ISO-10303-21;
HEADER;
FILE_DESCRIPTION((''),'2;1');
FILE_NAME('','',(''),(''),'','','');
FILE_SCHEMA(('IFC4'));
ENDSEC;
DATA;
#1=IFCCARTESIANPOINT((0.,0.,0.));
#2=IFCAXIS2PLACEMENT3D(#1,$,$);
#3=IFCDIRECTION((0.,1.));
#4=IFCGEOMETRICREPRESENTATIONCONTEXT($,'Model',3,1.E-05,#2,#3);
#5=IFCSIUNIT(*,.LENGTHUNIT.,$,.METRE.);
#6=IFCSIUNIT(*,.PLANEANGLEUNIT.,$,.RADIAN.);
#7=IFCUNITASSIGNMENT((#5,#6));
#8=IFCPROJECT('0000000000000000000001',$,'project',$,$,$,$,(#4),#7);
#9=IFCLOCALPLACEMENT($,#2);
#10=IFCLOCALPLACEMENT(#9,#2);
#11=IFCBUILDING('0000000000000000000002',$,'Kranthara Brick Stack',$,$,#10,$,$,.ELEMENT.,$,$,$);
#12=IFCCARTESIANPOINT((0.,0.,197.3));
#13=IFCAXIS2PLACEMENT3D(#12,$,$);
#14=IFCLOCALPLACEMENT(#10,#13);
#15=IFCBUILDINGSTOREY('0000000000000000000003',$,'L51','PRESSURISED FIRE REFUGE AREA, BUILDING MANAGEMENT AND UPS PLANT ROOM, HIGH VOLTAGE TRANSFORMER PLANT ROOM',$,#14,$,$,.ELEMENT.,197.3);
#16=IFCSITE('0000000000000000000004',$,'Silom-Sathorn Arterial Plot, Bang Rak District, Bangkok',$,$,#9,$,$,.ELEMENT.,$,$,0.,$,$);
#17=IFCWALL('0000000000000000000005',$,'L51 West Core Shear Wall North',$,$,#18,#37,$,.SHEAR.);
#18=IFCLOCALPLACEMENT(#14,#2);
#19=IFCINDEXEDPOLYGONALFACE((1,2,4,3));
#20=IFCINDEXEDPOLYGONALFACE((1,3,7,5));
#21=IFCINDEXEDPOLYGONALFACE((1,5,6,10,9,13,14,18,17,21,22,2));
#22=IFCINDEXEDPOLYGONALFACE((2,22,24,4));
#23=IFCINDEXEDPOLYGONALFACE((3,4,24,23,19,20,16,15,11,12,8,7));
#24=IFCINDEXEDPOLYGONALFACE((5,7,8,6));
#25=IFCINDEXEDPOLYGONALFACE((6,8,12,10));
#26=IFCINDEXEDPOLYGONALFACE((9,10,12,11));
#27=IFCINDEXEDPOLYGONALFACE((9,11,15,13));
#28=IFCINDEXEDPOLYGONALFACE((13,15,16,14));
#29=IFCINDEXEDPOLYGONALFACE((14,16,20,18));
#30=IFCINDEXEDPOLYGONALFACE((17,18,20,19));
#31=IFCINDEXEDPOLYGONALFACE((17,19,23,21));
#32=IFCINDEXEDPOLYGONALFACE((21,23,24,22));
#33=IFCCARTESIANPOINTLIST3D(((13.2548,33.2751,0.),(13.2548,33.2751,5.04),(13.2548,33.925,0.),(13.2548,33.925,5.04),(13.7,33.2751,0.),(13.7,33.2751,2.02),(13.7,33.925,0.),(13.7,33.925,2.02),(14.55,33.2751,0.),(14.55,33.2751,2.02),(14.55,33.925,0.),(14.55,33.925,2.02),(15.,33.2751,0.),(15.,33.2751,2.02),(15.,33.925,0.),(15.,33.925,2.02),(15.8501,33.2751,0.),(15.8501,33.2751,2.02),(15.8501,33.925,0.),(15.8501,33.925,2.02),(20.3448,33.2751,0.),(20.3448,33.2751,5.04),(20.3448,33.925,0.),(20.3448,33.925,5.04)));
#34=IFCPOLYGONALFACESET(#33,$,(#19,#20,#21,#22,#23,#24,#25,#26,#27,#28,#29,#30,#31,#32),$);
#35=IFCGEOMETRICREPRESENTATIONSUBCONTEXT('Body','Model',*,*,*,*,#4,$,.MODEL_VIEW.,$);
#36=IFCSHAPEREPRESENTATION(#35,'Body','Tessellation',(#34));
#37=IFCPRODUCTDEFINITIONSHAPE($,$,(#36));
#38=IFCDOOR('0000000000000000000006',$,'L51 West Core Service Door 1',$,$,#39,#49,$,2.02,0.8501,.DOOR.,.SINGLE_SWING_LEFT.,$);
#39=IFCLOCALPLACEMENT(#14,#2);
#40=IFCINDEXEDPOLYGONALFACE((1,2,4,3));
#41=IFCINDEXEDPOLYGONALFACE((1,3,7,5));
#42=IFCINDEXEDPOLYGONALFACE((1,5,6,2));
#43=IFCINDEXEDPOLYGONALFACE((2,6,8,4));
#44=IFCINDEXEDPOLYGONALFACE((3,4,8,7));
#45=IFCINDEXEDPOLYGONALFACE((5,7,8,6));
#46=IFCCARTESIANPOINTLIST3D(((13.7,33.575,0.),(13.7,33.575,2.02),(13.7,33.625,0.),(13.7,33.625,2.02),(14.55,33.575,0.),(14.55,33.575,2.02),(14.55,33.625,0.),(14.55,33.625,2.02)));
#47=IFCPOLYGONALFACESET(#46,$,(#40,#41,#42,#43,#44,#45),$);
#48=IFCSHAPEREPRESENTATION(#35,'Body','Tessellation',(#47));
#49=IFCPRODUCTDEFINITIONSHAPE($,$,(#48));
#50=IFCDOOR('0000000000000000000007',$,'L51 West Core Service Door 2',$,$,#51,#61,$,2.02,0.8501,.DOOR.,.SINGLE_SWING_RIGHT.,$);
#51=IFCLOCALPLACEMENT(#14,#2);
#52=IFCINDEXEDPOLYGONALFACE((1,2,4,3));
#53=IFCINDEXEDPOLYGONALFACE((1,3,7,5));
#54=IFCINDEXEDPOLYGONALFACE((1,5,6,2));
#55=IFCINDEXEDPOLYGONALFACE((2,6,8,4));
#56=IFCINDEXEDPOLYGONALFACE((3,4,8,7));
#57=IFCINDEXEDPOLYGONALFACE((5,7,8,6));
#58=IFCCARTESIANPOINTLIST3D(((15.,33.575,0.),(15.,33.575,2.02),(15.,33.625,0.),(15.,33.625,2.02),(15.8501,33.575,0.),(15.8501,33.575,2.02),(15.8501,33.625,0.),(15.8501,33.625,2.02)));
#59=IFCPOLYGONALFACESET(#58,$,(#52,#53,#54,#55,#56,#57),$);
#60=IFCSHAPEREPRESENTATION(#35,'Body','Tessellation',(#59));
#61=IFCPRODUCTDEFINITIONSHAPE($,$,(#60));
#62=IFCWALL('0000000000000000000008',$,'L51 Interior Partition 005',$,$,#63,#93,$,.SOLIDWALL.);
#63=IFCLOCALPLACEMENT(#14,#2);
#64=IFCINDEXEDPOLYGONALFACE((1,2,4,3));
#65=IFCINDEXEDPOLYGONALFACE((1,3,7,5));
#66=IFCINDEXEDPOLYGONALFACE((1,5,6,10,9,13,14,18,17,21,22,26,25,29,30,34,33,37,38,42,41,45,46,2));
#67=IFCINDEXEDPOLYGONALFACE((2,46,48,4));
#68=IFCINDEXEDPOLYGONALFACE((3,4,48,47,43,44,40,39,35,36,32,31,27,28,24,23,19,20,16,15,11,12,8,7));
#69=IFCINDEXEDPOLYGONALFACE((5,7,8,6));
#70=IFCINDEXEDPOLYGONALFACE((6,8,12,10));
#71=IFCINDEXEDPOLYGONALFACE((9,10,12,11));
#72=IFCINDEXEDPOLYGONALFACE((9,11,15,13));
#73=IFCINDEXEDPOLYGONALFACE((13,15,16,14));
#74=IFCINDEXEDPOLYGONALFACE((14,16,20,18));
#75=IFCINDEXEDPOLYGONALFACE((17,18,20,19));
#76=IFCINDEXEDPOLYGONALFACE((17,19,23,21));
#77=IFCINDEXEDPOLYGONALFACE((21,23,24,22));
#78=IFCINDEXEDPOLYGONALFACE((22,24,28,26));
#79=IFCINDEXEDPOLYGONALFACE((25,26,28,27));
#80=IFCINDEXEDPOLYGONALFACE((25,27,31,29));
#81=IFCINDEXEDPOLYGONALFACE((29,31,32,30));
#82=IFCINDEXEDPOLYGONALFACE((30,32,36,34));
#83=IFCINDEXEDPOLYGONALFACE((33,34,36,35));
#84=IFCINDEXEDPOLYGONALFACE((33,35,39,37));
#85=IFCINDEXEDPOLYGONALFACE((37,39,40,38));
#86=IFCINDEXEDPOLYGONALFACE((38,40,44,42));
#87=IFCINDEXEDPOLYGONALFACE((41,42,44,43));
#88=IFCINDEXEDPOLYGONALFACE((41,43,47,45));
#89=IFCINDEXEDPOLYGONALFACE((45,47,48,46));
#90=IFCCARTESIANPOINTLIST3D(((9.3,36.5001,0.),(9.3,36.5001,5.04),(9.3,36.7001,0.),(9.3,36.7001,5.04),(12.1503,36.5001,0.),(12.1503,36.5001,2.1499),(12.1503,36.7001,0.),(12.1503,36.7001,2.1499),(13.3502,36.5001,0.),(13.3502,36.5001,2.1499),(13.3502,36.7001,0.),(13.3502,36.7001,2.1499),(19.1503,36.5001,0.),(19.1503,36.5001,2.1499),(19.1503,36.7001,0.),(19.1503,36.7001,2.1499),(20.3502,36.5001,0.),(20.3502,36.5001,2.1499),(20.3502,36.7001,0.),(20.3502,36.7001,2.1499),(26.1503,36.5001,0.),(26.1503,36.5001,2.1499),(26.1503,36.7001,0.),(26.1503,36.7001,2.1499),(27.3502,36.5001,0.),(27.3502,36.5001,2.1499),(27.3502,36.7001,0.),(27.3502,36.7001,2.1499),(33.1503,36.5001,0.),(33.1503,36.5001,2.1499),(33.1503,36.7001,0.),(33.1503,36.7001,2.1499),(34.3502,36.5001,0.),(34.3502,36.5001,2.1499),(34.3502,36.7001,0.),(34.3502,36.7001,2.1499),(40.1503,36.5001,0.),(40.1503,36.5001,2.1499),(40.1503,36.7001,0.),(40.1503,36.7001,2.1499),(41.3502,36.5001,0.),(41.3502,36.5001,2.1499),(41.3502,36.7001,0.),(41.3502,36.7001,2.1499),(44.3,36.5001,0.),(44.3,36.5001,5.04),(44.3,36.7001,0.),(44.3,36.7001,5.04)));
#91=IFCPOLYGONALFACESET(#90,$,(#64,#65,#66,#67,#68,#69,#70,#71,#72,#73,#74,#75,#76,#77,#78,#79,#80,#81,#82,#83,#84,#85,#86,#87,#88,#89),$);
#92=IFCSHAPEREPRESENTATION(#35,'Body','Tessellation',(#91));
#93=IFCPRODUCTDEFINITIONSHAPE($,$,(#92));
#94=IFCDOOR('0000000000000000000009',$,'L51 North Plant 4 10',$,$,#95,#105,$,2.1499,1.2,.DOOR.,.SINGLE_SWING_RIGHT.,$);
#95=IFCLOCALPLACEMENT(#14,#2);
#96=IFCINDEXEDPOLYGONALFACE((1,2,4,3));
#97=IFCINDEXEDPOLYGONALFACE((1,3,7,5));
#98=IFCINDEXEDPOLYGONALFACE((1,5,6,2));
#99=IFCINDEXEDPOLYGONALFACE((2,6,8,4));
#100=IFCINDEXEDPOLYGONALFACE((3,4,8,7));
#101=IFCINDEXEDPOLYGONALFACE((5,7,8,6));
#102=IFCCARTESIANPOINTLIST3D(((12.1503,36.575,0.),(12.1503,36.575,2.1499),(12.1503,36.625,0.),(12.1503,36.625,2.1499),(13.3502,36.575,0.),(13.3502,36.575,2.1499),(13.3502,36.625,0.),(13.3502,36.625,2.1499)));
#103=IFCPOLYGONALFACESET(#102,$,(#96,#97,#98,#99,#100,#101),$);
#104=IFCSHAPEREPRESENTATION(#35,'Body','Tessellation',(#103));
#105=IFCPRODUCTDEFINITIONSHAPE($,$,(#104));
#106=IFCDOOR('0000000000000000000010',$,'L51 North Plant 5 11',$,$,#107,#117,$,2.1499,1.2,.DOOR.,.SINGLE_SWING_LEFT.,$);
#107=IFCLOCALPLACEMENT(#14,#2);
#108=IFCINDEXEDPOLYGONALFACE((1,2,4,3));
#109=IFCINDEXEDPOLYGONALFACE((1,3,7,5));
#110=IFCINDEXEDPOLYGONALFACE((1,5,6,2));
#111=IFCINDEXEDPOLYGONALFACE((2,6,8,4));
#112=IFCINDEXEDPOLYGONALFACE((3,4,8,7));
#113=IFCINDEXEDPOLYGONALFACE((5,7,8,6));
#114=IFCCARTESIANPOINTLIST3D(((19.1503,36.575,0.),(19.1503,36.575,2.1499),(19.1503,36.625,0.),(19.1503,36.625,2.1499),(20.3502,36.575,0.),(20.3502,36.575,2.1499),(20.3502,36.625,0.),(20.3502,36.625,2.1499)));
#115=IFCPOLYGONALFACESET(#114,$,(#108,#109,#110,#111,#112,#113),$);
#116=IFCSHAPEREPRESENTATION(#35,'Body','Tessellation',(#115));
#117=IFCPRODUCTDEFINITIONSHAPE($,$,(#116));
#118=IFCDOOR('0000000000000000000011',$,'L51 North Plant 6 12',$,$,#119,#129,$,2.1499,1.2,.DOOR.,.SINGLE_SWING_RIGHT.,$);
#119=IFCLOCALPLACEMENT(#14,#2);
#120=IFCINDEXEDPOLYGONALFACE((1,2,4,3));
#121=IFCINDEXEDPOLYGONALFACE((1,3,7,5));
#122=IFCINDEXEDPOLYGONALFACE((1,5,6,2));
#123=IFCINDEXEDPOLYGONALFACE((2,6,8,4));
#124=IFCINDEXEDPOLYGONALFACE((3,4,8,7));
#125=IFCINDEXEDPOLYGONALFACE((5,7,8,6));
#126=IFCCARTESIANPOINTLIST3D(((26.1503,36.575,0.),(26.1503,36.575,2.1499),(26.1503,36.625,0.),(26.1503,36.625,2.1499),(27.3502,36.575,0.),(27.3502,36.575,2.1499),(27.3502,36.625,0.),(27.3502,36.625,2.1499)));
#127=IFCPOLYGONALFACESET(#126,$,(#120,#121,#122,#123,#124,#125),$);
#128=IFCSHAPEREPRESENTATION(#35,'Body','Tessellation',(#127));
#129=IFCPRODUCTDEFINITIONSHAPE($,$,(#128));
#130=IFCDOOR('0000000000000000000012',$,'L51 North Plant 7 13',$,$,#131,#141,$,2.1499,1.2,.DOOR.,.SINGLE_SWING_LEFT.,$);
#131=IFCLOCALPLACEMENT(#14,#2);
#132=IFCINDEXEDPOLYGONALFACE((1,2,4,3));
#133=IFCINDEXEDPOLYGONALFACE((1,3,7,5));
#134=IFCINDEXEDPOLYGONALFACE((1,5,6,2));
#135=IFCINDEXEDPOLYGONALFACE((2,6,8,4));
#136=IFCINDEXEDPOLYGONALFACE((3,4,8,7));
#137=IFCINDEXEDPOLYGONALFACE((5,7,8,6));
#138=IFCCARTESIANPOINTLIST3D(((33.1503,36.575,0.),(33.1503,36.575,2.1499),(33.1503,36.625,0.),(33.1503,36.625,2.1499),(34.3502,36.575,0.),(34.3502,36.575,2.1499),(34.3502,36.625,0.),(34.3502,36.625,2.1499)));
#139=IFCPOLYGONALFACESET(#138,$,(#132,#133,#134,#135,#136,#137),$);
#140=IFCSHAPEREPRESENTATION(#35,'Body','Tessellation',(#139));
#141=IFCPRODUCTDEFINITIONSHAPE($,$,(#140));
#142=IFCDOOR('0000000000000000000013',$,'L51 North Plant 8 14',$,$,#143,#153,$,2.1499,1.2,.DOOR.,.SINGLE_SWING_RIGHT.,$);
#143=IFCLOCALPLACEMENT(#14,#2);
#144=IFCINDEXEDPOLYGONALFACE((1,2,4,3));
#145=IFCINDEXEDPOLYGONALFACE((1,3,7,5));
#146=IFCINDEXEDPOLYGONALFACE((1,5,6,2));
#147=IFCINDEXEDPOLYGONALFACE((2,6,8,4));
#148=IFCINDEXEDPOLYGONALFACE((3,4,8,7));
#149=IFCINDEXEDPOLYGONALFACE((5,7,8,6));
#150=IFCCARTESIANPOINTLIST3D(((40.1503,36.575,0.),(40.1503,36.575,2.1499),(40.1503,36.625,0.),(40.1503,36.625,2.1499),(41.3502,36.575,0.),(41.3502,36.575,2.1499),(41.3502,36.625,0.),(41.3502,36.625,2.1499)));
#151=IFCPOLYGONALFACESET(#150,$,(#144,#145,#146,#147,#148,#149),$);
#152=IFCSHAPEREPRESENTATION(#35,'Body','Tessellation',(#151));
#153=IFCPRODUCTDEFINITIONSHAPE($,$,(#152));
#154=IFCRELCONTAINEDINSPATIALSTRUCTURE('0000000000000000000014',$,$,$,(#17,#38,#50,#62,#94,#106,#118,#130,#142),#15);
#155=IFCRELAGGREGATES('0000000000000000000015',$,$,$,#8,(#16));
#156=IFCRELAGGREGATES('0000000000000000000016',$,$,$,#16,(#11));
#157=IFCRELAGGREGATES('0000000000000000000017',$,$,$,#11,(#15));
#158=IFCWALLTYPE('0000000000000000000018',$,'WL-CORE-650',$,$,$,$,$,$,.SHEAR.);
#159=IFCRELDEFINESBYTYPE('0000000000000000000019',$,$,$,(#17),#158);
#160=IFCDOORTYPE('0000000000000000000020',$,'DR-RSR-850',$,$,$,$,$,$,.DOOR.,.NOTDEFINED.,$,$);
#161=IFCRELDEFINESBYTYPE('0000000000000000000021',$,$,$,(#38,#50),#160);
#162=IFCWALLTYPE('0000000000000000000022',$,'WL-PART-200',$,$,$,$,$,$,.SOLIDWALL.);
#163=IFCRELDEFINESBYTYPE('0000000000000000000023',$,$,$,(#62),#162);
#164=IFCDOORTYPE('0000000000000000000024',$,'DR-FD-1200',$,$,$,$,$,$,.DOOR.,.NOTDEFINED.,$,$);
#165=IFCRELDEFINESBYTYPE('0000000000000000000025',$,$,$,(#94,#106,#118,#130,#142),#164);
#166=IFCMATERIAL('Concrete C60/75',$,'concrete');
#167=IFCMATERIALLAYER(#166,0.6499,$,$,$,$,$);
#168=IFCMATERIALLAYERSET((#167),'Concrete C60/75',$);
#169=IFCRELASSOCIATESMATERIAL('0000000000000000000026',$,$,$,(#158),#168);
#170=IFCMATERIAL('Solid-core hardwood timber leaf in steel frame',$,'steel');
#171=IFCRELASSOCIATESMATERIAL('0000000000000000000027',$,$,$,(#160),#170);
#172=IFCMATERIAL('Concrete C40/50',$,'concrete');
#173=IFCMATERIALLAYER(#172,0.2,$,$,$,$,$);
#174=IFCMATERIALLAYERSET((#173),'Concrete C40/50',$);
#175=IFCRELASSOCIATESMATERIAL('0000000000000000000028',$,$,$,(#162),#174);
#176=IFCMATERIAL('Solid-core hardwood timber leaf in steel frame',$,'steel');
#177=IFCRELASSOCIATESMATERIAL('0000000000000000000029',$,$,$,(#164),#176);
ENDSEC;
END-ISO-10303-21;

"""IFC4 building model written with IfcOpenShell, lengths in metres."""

from ifc_helpers import new_model, si_unit, direction, frame, frame_2d, origin, place, context, subcontext, project, spatial, rectangle, extrude, material, layer, layer_set, type_object, element, fill, save


model = new_model("IFC4")

# Units and contexts
model_context = context("Model", 3, precision=1e-05, world=origin(), true_north=direction((0.0, 1.0)))
body_context = subcontext(model_context, "Body", "Model", "MODEL_VIEW")
ifc_project = project(units=[si_unit("LENGTHUNIT", "METRE"), si_unit("PLANEANGLEUNIT", "RADIAN")], contexts=[model_context])

# Site, building, storey
site_placement = place(None, origin())
site = spatial("IfcSite", under=ifc_project, at=site_placement, Name="Silom-Sathorn Arterial Plot, Bang Rak District, Bangkok", CompositionType="ELEMENT", RefElevation=0.0)
building_placement = place(site_placement, origin())
building = spatial("IfcBuilding", under=site, at=building_placement, Name="Kranthara Brick Stack", CompositionType="ELEMENT")
storey_placement = place(building_placement, frame((0.0, 0.0, 197.3)))
storey = spatial("IfcBuildingStorey", under=building, at=storey_placement, Name="L51", Description="PRESSURISED FIRE REFUGE AREA, BUILDING MANAGEMENT AND UPS PLANT ROOM, HIGH VOLTAGE TRANSFORMER PLANT ROOM", CompositionType="ELEMENT", Elevation=197.3)

# Walls, openings, doors
ifc_material_1 = material(Name="Concrete C60/75", Category="concrete")
ifc_layer_1 = layer(ifc_material_1, 0.6499)
ifc_layer_set_1 = layer_set([ifc_layer_1], Name="Concrete C60/75")
wall_type_1 = type_object("IfcWallType", Name="WL-CORE-650", PredefinedType="SHEAR", material=ifc_layer_set_1)
wall_1_placement = place(storey_placement, frame((13.2549, 33.6001, 0.0), z_axis=(0.0, 0.0, 1.0), x_axis=(1.0, 0.0, 0.0)))
wall_1 = element("IfcWall", 1, at=wall_1_placement, inside=storey, type_object=wall_type_1, Name="L51 West Core Shear Wall North", PredefinedType="SHEAR", context=body_context, shape_type="SweptSolid", body=[
    extrude(rectangle(XDim=7.0901, YDim=0.6499, at=frame_2d((3.5449, 0.0))), origin(), (0.0, 0.0, 1.0), 5.04),
])
opening_1_placement = place(wall_1_placement, frame((0.4451, 0.0, 0.0)))
opening_1 = element("IfcOpeningElement", 2, at=opening_1_placement, cuts=wall_1, PredefinedType="OPENING", context=body_context, shape_type="SweptSolid", body=[
    extrude(rectangle(XDim=0.8501, YDim=2.02, at=frame_2d((0.425, 1.01))), frame((0.0, 0.335, 0.0), z_axis=(0.0, -1.0, 0.0), x_axis=(1.0, 0.0, 0.0)), (0.0, 0.0, 1.0), 0.6699),
])
opening_2_placement = place(wall_1_placement, frame((1.7451, 0.0, 0.0)))
opening_2 = element("IfcOpeningElement", 3, at=opening_2_placement, cuts=wall_1, PredefinedType="OPENING", context=body_context, shape_type="SweptSolid", body=[
    extrude(rectangle(XDim=0.8501, YDim=2.02, at=frame_2d((0.425, 1.01))), frame((0.0, 0.335, 0.0), z_axis=(0.0, -1.0, 0.0), x_axis=(1.0, 0.0, 0.0)), (0.0, 0.0, 1.0), 0.6699),
])
ifc_material_2 = material(Name="Solid-core hardwood timber leaf in steel frame", Category="steel")
door_type_1 = type_object("IfcDoorType", Name="DR-RSR-850", OperationType="NOTDEFINED", PredefinedType="DOOR", material=ifc_material_2)
door_1_placement = place(opening_1_placement, origin())
door_1 = element("IfcDoor", 4, at=door_1_placement, inside=storey, type_object=door_type_1, Name="L51 West Core Service Door 1", OperationType="SINGLE_SWING_LEFT", OverallHeight=2.02, OverallWidth=0.8501, PredefinedType="DOOR", context=body_context, shape_type="SweptSolid", body=[
    extrude(rectangle(XDim=0.8501, YDim=2.02, at=frame_2d((0.425, 1.01))), frame((0.0, 0.0249, 0.0), z_axis=(0.0, -1.0, 0.0), x_axis=(1.0, 0.0, 0.0)), (0.0, 0.0, 1.0), 0.05),
])
fill(opening_1, door_1)
door_2_placement = place(opening_2_placement, origin())
door_2 = element("IfcDoor", 5, at=door_2_placement, inside=storey, type_object=door_type_1, Name="L51 West Core Service Door 2", OperationType="SINGLE_SWING_RIGHT", OverallHeight=2.02, OverallWidth=0.8501, PredefinedType="DOOR", context=body_context, shape_type="SweptSolid", body=[
    extrude(rectangle(XDim=0.8501, YDim=2.02, at=frame_2d((0.425, 1.01))), frame((0.0, 0.0249, 0.0), z_axis=(0.0, -1.0, 0.0), x_axis=(1.0, 0.0, 0.0)), (0.0, 0.0, 1.0), 0.05),
])
fill(opening_2, door_2)
ifc_material_3 = material(Name="Concrete C40/50", Category="concrete")
ifc_layer_2 = layer(ifc_material_3, 0.2)
ifc_layer_set_2 = layer_set([ifc_layer_2], Name="Concrete C40/50")
wall_type_2 = type_object("IfcWallType", Name="WL-PART-200", PredefinedType="SOLIDWALL", material=ifc_layer_set_2)
wall_2_placement = place(storey_placement, frame((9.3, 36.6001, 0.0), z_axis=(0.0, 0.0, 1.0), x_axis=(1.0, 0.0, 0.0)))
wall_2 = element("IfcWall", 6, at=wall_2_placement, inside=storey, type_object=wall_type_2, Name="L51 Interior Partition 005", PredefinedType="SOLIDWALL", context=body_context, shape_type="SweptSolid", body=[
    extrude(rectangle(XDim=35.0, YDim=0.2, at=frame_2d((17.5, 0.0))), origin(), (0.0, 0.0, 1.0), 5.04),
])
opening_3_placement = place(wall_2_placement, frame((2.8501, 0.0, 0.0)))
opening_3 = element("IfcOpeningElement", 7, at=opening_3_placement, cuts=wall_2, PredefinedType="OPENING", context=body_context, shape_type="SweptSolid", body=[
    extrude(rectangle(XDim=1.2, YDim=2.1499, at=frame_2d((0.6001, 1.075))), frame((0.0, 0.1099, 0.0), z_axis=(0.0, -1.0, 0.0), x_axis=(1.0, 0.0, 0.0)), (0.0, 0.0, 1.0), 0.22),
])
opening_4_placement = place(wall_2_placement, frame((9.8501, 0.0, 0.0)))
opening_4 = element("IfcOpeningElement", 8, at=opening_4_placement, cuts=wall_2, PredefinedType="OPENING", context=body_context, shape_type="SweptSolid", body=[
    extrude(rectangle(XDim=1.2, YDim=2.1499, at=frame_2d((0.6001, 1.075))), frame((0.0, 0.1099, 0.0), z_axis=(0.0, -1.0, 0.0), x_axis=(1.0, 0.0, 0.0)), (0.0, 0.0, 1.0), 0.22),
])
opening_5_placement = place(wall_2_placement, frame((16.8501, 0.0, 0.0)))
opening_5 = element("IfcOpeningElement", 9, at=opening_5_placement, cuts=wall_2, PredefinedType="OPENING", context=body_context, shape_type="SweptSolid", body=[
    extrude(rectangle(XDim=1.2, YDim=2.1499, at=frame_2d((0.6001, 1.075))), frame((0.0, 0.1099, 0.0), z_axis=(0.0, -1.0, 0.0), x_axis=(1.0, 0.0, 0.0)), (0.0, 0.0, 1.0), 0.22),
])
opening_6_placement = place(wall_2_placement, frame((23.8501, 0.0, 0.0)))
opening_6 = element("IfcOpeningElement", 10, at=opening_6_placement, cuts=wall_2, PredefinedType="OPENING", context=body_context, shape_type="SweptSolid", body=[
    extrude(rectangle(XDim=1.2, YDim=2.1499, at=frame_2d((0.6001, 1.075))), frame((0.0, 0.1099, 0.0), z_axis=(0.0, -1.0, 0.0), x_axis=(1.0, 0.0, 0.0)), (0.0, 0.0, 1.0), 0.22),
])
opening_7_placement = place(wall_2_placement, frame((30.8501, 0.0, 0.0)))
opening_7 = element("IfcOpeningElement", 11, at=opening_7_placement, cuts=wall_2, PredefinedType="OPENING", context=body_context, shape_type="SweptSolid", body=[
    extrude(rectangle(XDim=1.2, YDim=2.1499, at=frame_2d((0.6001, 1.075))), frame((0.0, 0.1099, 0.0), z_axis=(0.0, -1.0, 0.0), x_axis=(1.0, 0.0, 0.0)), (0.0, 0.0, 1.0), 0.22),
])
ifc_material_4 = material(Name="Solid-core hardwood timber leaf in steel frame", Category="steel")
door_type_2 = type_object("IfcDoorType", Name="DR-FD-1200", OperationType="NOTDEFINED", PredefinedType="DOOR", material=ifc_material_4)
door_3_placement = place(opening_3_placement, origin())
door_3 = element("IfcDoor", 12, at=door_3_placement, inside=storey, type_object=door_type_2, Name="L51 North Plant 4 10", OperationType="SINGLE_SWING_RIGHT", OverallHeight=2.1499, OverallWidth=1.2, PredefinedType="DOOR", context=body_context, shape_type="SweptSolid", body=[
    extrude(rectangle(XDim=1.2, YDim=2.1499, at=frame_2d((0.6001, 1.075))), frame((0.0, 0.0249, 0.0), z_axis=(0.0, -1.0, 0.0), x_axis=(1.0, 0.0, 0.0)), (0.0, 0.0, 1.0), 0.05),
])
fill(opening_3, door_3)
door_4_placement = place(opening_4_placement, origin())
door_4 = element("IfcDoor", 13, at=door_4_placement, inside=storey, type_object=door_type_2, Name="L51 North Plant 5 11", OperationType="SINGLE_SWING_LEFT", OverallHeight=2.1499, OverallWidth=1.2, PredefinedType="DOOR", context=body_context, shape_type="SweptSolid", body=[
    extrude(rectangle(XDim=1.2, YDim=2.1499, at=frame_2d((0.6001, 1.075))), frame((0.0, 0.0249, 0.0), z_axis=(0.0, -1.0, 0.0), x_axis=(1.0, 0.0, 0.0)), (0.0, 0.0, 1.0), 0.05),
])
fill(opening_4, door_4)
door_5_placement = place(opening_5_placement, origin())
door_5 = element("IfcDoor", 14, at=door_5_placement, inside=storey, type_object=door_type_2, Name="L51 North Plant 6 12", OperationType="SINGLE_SWING_RIGHT", OverallHeight=2.1499, OverallWidth=1.2, PredefinedType="DOOR", context=body_context, shape_type="SweptSolid", body=[
    extrude(rectangle(XDim=1.2, YDim=2.1499, at=frame_2d((0.6001, 1.075))), frame((0.0, 0.0249, 0.0), z_axis=(0.0, -1.0, 0.0), x_axis=(1.0, 0.0, 0.0)), (0.0, 0.0, 1.0), 0.05),
])
fill(opening_5, door_5)
door_6_placement = place(opening_6_placement, origin())
door_6 = element("IfcDoor", 15, at=door_6_placement, inside=storey, type_object=door_type_2, Name="L51 North Plant 7 13", OperationType="SINGLE_SWING_LEFT", OverallHeight=2.1499, OverallWidth=1.2, PredefinedType="DOOR", context=body_context, shape_type="SweptSolid", body=[
    extrude(rectangle(XDim=1.2, YDim=2.1499, at=frame_2d((0.6001, 1.075))), frame((0.0, 0.0249, 0.0), z_axis=(0.0, -1.0, 0.0), x_axis=(1.0, 0.0, 0.0)), (0.0, 0.0, 1.0), 0.05),
])
fill(opening_6, door_6)
door_7_placement = place(opening_7_placement, origin())
door_7 = element("IfcDoor", 16, at=door_7_placement, inside=storey, type_object=door_type_2, Name="L51 North Plant 8 14", OperationType="SINGLE_SWING_RIGHT", OverallHeight=2.1499, OverallWidth=1.2, PredefinedType="DOOR", context=body_context, shape_type="SweptSolid", body=[
    extrude(rectangle(XDim=1.2, YDim=2.1499, at=frame_2d((0.6001, 1.075))), frame((0.0, 0.0249, 0.0), z_axis=(0.0, -1.0, 0.0), x_axis=(1.0, 0.0, 0.0)), (0.0, 0.0, 1.0), 0.05),
])
fill(opening_7, door_7)

save(model, "model.ifc")
